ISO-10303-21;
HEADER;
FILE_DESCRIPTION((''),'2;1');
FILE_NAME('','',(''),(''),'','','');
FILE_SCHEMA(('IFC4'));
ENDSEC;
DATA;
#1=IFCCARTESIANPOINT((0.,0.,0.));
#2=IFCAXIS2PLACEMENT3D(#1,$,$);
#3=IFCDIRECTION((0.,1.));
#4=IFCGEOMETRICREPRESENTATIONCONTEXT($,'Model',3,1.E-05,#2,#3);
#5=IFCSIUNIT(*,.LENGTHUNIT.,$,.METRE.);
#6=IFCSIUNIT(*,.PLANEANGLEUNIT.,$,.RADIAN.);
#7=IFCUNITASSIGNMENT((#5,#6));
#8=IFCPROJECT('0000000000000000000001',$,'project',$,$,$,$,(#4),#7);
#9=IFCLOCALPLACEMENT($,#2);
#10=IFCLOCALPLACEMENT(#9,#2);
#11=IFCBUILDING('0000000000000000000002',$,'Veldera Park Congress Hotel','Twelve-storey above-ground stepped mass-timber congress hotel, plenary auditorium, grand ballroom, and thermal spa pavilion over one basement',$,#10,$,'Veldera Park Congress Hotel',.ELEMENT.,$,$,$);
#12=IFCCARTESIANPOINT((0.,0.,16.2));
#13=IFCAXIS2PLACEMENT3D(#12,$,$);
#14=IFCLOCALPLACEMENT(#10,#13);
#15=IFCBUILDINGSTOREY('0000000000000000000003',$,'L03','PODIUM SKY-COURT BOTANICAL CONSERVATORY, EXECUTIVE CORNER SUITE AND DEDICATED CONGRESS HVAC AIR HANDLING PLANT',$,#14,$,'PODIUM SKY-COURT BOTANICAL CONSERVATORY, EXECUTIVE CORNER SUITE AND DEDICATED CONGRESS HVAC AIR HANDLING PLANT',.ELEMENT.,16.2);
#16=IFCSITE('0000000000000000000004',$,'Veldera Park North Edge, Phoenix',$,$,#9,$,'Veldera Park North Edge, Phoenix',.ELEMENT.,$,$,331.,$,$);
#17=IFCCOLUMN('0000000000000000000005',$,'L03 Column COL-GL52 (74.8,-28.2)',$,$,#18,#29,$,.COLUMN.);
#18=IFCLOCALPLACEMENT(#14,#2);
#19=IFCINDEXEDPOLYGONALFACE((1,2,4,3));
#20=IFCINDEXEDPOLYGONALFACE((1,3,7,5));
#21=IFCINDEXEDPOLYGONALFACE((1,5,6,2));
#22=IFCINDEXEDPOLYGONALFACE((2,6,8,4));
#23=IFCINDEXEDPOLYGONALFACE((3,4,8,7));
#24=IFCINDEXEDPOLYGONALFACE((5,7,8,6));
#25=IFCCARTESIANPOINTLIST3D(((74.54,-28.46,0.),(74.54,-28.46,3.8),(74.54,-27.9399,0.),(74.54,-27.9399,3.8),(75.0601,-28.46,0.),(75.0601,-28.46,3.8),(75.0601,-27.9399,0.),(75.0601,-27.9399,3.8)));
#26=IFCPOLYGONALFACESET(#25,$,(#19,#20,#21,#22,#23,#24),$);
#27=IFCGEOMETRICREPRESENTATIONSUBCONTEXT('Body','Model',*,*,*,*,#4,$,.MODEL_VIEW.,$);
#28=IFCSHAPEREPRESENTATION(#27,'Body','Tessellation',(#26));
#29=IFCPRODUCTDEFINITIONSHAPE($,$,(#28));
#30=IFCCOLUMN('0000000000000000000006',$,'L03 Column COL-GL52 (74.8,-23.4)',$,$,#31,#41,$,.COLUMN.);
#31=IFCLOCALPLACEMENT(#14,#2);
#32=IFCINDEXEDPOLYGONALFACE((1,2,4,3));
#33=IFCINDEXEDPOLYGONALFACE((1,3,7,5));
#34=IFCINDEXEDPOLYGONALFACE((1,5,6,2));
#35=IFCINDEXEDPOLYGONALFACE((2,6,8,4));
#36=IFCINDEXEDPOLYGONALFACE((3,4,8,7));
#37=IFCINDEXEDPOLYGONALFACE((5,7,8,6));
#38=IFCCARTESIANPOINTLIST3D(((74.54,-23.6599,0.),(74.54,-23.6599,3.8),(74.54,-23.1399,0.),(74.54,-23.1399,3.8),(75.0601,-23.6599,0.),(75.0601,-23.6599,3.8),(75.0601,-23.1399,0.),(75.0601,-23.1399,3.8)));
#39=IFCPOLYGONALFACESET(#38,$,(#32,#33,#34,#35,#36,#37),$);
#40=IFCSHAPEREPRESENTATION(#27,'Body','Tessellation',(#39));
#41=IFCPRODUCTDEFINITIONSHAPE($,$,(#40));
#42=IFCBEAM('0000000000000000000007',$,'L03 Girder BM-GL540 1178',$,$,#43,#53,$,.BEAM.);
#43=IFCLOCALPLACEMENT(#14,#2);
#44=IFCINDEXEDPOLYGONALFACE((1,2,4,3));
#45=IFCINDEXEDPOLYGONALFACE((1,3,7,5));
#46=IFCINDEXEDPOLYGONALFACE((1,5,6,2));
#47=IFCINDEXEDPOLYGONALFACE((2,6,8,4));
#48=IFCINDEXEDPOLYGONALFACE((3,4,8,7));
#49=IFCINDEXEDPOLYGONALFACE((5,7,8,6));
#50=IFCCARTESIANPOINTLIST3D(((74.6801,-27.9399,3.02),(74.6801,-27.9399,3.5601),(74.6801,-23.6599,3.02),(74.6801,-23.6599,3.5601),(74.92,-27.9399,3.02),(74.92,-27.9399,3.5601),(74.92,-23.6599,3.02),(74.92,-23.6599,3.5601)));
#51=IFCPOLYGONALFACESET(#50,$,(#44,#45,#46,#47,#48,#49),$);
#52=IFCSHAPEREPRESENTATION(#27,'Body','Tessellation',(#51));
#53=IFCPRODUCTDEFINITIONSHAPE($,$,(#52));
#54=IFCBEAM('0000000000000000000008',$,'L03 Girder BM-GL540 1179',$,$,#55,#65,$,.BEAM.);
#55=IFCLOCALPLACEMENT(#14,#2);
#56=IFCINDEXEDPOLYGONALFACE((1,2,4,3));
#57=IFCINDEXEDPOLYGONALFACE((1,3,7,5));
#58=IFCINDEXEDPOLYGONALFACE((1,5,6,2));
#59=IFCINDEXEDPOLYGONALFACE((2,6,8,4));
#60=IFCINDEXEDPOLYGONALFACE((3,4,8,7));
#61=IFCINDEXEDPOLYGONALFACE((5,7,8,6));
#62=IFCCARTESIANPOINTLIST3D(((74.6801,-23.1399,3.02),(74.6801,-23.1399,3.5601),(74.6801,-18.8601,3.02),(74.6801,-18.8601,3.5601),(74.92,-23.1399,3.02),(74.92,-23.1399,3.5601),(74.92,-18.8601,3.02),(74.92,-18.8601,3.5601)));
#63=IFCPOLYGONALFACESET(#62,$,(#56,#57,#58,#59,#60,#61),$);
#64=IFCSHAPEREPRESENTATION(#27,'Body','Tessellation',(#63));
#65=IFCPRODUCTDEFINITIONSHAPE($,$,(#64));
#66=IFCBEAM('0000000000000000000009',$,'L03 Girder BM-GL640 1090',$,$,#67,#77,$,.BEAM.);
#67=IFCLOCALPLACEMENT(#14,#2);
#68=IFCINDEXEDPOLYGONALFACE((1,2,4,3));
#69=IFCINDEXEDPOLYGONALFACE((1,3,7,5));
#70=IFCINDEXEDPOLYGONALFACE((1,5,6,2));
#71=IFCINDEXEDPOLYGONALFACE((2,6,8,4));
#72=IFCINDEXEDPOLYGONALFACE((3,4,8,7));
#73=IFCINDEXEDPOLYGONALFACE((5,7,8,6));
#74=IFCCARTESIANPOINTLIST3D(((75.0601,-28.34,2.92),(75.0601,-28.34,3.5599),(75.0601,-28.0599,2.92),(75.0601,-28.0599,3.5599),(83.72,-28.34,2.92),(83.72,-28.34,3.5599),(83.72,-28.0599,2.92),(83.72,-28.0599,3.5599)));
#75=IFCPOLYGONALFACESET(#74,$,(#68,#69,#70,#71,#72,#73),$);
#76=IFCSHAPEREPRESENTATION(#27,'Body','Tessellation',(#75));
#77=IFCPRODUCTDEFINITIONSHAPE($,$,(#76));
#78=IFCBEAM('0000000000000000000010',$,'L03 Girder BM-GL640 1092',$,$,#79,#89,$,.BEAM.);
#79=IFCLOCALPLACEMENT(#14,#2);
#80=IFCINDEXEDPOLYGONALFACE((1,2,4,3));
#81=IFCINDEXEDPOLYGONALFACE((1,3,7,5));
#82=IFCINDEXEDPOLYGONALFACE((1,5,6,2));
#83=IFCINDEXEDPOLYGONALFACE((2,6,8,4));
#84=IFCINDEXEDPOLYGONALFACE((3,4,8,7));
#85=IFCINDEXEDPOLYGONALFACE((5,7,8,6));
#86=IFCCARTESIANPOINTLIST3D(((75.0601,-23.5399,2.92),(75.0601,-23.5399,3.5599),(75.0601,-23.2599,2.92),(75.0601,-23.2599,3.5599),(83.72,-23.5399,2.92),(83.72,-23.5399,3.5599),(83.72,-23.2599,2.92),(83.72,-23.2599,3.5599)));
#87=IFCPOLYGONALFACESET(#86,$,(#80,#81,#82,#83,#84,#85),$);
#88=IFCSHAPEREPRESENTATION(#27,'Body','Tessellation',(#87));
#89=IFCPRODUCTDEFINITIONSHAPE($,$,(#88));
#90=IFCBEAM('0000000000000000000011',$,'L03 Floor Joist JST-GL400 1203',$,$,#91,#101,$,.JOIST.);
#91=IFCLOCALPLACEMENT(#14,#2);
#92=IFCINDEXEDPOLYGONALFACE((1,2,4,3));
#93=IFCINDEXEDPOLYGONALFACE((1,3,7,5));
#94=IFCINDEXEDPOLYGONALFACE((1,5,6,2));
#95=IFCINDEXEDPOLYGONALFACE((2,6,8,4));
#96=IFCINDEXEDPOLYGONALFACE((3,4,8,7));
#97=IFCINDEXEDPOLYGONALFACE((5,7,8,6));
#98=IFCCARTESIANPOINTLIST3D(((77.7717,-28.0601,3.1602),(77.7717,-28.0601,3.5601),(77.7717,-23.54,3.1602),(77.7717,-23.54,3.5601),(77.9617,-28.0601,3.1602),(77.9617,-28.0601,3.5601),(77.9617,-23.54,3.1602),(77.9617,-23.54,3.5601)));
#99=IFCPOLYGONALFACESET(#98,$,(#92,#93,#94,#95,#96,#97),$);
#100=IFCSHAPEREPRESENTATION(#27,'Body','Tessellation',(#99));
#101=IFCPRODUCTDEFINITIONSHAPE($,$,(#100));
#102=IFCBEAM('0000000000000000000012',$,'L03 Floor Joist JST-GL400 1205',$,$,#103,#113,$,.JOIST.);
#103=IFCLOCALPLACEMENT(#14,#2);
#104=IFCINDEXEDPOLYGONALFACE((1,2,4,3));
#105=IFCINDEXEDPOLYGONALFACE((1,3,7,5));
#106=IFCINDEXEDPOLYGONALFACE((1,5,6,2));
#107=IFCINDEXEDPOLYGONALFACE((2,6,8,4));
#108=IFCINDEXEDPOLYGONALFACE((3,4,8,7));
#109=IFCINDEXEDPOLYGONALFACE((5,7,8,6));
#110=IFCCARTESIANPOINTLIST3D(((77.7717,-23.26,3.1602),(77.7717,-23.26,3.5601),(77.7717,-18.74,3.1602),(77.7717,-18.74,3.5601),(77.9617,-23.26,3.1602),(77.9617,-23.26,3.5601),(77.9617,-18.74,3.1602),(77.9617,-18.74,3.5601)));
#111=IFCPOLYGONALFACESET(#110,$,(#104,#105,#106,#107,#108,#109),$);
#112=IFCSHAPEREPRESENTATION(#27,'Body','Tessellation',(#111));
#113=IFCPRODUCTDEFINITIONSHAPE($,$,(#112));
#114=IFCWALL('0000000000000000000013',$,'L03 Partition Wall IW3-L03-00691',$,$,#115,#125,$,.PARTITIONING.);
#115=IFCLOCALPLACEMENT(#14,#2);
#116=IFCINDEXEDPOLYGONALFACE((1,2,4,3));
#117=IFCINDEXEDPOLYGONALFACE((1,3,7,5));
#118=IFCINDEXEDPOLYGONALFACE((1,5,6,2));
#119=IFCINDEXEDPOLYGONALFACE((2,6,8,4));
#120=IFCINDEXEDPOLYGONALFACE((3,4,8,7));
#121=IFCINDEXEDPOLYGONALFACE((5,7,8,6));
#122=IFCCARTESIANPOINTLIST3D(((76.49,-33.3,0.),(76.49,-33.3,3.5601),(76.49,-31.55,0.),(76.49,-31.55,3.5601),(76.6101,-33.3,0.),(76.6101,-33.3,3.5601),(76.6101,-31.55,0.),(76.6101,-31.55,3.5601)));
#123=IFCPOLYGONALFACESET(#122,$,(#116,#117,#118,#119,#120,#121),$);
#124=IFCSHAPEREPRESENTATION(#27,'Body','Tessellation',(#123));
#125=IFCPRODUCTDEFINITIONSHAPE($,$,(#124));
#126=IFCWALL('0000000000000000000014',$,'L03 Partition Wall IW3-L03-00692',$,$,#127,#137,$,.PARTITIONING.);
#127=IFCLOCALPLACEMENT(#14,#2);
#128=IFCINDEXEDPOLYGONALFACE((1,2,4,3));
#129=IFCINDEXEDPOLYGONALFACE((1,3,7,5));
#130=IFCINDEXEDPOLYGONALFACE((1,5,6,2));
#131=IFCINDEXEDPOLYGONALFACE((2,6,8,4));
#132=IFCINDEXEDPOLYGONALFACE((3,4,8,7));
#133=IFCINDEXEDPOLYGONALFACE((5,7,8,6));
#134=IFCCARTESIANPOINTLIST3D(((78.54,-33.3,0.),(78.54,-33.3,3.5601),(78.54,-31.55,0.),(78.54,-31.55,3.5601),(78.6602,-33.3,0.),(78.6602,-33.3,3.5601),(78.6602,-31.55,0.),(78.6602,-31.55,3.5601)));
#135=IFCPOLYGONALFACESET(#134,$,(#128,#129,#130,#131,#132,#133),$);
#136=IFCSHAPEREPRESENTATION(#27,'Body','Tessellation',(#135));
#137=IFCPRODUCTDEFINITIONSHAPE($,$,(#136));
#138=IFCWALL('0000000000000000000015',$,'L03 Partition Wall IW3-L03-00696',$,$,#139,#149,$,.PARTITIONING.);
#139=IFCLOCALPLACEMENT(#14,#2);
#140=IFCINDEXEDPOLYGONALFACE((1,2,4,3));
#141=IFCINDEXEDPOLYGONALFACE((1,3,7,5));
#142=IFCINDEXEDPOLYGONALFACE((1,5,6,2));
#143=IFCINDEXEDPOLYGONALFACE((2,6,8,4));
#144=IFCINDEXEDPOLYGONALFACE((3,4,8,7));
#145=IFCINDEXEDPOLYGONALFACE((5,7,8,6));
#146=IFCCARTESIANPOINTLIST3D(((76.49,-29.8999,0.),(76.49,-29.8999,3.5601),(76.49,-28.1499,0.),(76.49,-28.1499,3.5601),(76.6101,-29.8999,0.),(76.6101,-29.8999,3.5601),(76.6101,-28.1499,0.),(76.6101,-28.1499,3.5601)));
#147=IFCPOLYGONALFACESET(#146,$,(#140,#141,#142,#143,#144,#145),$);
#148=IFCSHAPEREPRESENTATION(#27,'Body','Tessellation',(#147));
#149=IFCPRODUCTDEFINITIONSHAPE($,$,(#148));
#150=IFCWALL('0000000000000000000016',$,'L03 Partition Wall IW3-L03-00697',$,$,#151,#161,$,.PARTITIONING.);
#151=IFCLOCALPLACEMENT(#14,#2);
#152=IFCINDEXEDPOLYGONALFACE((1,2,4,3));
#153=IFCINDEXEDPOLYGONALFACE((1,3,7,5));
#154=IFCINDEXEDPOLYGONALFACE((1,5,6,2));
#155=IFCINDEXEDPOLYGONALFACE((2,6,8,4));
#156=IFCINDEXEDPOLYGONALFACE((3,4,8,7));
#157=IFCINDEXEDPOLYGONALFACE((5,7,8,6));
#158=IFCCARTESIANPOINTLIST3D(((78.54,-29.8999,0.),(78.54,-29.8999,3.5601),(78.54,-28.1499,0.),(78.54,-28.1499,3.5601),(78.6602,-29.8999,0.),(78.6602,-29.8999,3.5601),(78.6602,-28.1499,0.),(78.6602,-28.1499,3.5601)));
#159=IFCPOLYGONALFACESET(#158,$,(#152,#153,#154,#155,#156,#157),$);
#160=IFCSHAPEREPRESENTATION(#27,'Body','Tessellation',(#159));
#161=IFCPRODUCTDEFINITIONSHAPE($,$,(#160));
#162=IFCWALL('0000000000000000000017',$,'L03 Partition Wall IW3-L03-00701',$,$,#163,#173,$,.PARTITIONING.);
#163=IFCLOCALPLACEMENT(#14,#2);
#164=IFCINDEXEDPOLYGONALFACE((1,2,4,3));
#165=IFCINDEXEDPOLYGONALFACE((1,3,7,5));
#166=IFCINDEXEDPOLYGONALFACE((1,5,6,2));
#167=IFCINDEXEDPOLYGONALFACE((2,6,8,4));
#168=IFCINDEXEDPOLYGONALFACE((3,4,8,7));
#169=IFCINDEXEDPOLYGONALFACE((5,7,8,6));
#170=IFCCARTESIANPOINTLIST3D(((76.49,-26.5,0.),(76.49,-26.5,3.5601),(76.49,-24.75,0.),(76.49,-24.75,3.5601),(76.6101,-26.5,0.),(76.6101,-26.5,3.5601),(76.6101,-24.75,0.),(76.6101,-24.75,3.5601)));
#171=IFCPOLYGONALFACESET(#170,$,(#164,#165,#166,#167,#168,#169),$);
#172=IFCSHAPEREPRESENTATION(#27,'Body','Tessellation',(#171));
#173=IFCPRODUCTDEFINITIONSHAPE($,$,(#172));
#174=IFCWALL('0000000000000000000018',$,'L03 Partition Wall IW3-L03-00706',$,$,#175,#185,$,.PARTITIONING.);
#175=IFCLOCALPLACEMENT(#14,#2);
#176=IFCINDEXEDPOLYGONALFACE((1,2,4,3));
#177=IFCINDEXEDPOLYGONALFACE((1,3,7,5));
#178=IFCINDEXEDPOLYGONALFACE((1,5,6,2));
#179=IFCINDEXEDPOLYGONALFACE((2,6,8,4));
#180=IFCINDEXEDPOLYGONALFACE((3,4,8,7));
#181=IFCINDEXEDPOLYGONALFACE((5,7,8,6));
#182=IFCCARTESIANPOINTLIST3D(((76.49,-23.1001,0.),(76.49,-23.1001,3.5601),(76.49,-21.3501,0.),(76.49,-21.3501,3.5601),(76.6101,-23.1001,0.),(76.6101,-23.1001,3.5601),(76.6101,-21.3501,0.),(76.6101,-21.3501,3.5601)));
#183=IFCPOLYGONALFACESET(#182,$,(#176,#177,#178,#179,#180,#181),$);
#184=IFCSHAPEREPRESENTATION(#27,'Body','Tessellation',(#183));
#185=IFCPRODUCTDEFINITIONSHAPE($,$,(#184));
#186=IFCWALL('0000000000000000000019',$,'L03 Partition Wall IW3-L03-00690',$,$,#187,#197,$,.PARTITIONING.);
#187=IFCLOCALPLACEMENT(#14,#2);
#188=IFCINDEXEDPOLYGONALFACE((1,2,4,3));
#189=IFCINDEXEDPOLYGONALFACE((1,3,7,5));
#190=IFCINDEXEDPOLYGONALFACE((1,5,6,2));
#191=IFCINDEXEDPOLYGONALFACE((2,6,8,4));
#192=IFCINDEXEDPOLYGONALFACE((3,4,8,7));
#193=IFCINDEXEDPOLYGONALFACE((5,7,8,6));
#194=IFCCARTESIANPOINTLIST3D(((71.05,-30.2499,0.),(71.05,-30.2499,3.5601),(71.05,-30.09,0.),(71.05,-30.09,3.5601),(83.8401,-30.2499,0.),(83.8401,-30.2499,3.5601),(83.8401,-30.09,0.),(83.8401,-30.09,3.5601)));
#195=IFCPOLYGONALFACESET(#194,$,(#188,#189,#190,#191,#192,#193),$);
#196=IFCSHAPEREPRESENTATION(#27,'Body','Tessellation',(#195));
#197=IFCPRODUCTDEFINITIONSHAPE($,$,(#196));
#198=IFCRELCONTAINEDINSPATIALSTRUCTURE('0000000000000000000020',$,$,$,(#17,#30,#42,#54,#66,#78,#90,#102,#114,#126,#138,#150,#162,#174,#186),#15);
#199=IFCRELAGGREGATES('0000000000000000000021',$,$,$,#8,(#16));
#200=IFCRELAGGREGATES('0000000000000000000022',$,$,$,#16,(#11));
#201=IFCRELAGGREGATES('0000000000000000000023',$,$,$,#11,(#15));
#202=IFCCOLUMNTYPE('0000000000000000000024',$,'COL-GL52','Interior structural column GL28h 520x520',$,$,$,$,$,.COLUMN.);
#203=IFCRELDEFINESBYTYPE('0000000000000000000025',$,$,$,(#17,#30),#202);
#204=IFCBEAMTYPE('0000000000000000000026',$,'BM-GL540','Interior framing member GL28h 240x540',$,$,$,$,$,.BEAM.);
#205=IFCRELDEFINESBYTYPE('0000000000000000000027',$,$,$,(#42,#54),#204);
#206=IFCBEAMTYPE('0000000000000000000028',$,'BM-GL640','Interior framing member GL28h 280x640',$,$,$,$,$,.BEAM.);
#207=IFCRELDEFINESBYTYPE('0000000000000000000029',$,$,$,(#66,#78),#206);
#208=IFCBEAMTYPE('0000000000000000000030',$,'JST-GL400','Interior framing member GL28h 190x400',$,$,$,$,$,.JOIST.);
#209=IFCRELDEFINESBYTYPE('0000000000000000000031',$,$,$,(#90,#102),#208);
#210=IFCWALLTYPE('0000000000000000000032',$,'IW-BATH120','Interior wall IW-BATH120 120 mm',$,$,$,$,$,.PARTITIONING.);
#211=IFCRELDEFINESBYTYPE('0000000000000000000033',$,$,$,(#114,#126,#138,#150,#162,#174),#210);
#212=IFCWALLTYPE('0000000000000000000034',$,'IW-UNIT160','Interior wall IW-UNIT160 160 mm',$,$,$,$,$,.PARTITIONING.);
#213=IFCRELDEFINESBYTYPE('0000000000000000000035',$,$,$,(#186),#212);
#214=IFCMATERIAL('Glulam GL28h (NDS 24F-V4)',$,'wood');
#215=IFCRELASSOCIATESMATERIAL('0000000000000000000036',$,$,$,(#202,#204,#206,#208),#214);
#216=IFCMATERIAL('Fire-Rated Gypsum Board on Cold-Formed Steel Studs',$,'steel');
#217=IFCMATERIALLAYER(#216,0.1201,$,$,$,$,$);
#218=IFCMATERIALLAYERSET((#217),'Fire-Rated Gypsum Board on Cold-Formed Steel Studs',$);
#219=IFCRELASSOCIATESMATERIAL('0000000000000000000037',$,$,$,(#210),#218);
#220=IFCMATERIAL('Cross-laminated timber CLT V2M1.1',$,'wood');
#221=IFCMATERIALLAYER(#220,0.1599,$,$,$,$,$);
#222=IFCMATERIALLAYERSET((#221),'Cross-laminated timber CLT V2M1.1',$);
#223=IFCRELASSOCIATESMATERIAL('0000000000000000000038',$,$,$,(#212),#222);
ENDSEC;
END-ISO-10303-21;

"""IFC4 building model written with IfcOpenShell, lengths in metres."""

from ifc_helpers import new_model, si_unit, direction, frame, frame_2d, origin, origin_2d, place, context, subcontext, project, spatial, rectangle, extrude, material, layer, layer_set, material_profile, profile_set, type_object, element, save


model = new_model("IFC4")

# Units and contexts
model_context = context("Model", 3, precision=1e-05, world=origin(), true_north=direction((0.0, 1.0)))
body_context = subcontext(model_context, "Body", "Model", "MODEL_VIEW")
ifc_project = project(units=[si_unit("LENGTHUNIT", "METRE"), si_unit("PLANEANGLEUNIT", "RADIAN")], contexts=[model_context])

# Site, building, storey
site_placement = place(None, origin())
site = spatial("IfcSite", under=ifc_project, at=site_placement, Name="Veldera Park North Edge, Phoenix", LongName="Veldera Park North Edge, Phoenix", CompositionType="ELEMENT", RefElevation=331.0)
building_placement = place(site_placement, origin())
building = spatial("IfcBuilding", under=site, at=building_placement, Name="Veldera Park Congress Hotel", Description="Twelve-storey above-ground stepped mass-timber congress hotel, plenary auditorium, grand ballroom, and thermal spa pavilion over one basement", LongName="Veldera Park Congress Hotel", CompositionType="ELEMENT")
storey_placement = place(building_placement, frame((0.0, 0.0, 16.2)))
storey = spatial("IfcBuildingStorey", under=building, at=storey_placement, Name="L03", Description="PODIUM SKY-COURT BOTANICAL CONSERVATORY, EXECUTIVE CORNER SUITE AND DEDICATED CONGRESS HVAC AIR HANDLING PLANT", LongName="PODIUM SKY-COURT BOTANICAL CONSERVATORY, EXECUTIVE CORNER SUITE AND DEDICATED CONGRESS HVAC AIR HANDLING PLANT", CompositionType="ELEMENT", Elevation=16.2)

# Columns
ifc_material_1 = material(Name="Glulam GL28h (NDS 24F-V4)", Category="wood")
ifc_material_profile_1 = material_profile(ifc_material_1, rectangle(XDim=0.52, YDim=0.52, at=origin_2d()), Name="GL28h 520x520")
ifc_profile_set_1 = profile_set([ifc_material_profile_1], Name="Glulam GL28h (NDS 24F-V4)")
column_type = type_object("IfcColumnType", Name="COL-GL52", Description="Interior structural column GL28h 520x520", PredefinedType="COLUMN", material=ifc_profile_set_1)
for number, where, z_axis, x_axis, name in (
    (1, (74.8, -28.2, 0.0), (0.0, 0.0, 1.0), (1.0, 0.0, 0.0), "L03 Column COL-GL52 (74.8,-28.2)"),
    (2, (74.8, -23.3999, 0.0), (0.0, 0.0, 1.0), (1.0, 0.0, 0.0), "L03 Column COL-GL52 (74.8,-23.4)"),
):
    element("IfcColumn", number, at=place(storey_placement, frame(where, z_axis=z_axis, x_axis=x_axis)), inside=storey, type_object=column_type, Name=name, PredefinedType="COLUMN", context=body_context, shape_type="SweptSolid", body=[
        extrude(rectangle(XDim=0.52, YDim=0.52, at=origin_2d()), origin(), (0.0, 0.0, 1.0), 3.8),
    ])

# Beams
ifc_material_profile_2 = material_profile(ifc_material_1, rectangle(XDim=0.24, YDim=0.54, at=origin_2d()), Name="GL28h 240x540")
ifc_profile_set_2 = profile_set([ifc_material_profile_2], Name="Glulam GL28h (NDS 24F-V4)")
beam_type_1 = type_object("IfcBeamType", Name="BM-GL540", Description="Interior framing member GL28h 240x540", PredefinedType="BEAM", material=ifc_profile_set_2)
beam_1_placement = place(storey_placement, frame((74.8, -27.9399, 3.29), z_axis=(0.0, 1.0, 0.0), x_axis=(-1.0, 0.0, 0.0)))
element("IfcBeam", 3, at=beam_1_placement, inside=storey, type_object=beam_type_1, Name="L03 Girder BM-GL540 1178", PredefinedType="BEAM", context=body_context, shape_type="SweptSolid", body=[
    extrude(rectangle(XDim=0.24, YDim=0.54, at=origin_2d()), origin(), (0.0, 0.0, 1.0), 4.28),
])
beam_2_placement = place(storey_placement, frame((74.8, -23.1399, 3.29), z_axis=(0.0, 1.0, 0.0), x_axis=(-1.0, 0.0, 0.0)))
element("IfcBeam", 4, at=beam_2_placement, inside=storey, type_object=beam_type_1, Name="L03 Girder BM-GL540 1179", PredefinedType="BEAM", context=body_context, shape_type="SweptSolid", body=[
    extrude(rectangle(XDim=0.24, YDim=0.54, at=origin_2d()), origin(), (0.0, 0.0, 1.0), 4.2798),
])
ifc_material_profile_3 = material_profile(ifc_material_1, rectangle(XDim=0.28, YDim=0.6399, at=origin_2d()), Name="GL28h 280x640")
ifc_profile_set_3 = profile_set([ifc_material_profile_3], Name="Glulam GL28h (NDS 24F-V4)")
beam_type_2 = type_object("IfcBeamType", Name="BM-GL640", Description="Interior framing member GL28h 280x640", PredefinedType="BEAM", material=ifc_profile_set_3)
for number, where, z_axis, x_axis, name in (
    (5, (75.0601, -28.2, 3.24), (1.0, 0.0, 0.0), (0.0, 1.0, 0.0), "L03 Girder BM-GL640 1090"),
    (6, (75.0601, -23.3999, 3.24), (1.0, 0.0, 0.0), (0.0, 1.0, 0.0), "L03 Girder BM-GL640 1092"),
):
    element("IfcBeam", number, at=place(storey_placement, frame(where, z_axis=z_axis, x_axis=x_axis)), inside=storey, type_object=beam_type_2, Name=name, PredefinedType="BEAM", context=body_context, shape_type="SweptSolid", body=[
        extrude(rectangle(XDim=0.28, YDim=0.6399, at=origin_2d()), origin(), (0.0, 0.0, 1.0), 8.6599),
    ])
ifc_material_profile_4 = material_profile(ifc_material_1, rectangle(XDim=0.1899, YDim=0.3999, at=origin_2d()), Name="GL28h 190x400")
ifc_profile_set_4 = profile_set([ifc_material_profile_4], Name="Glulam GL28h (NDS 24F-V4)")
beam_type_3 = type_object("IfcBeamType", Name="JST-GL400", Description="Interior framing member GL28h 190x400", PredefinedType="JOIST", material=ifc_profile_set_4)
for number, where, z_axis, x_axis, name in (
    (7, (77.8667, -28.0601, 3.3601), (0.0, 1.0, 0.0), (-1.0, 0.0, 0.0), "L03 Floor Joist JST-GL400 1203"),
    (8, (77.8667, -23.26, 3.3601), (0.0, 1.0, 0.0), (-1.0, 0.0, 0.0), "L03 Floor Joist JST-GL400 1205"),
):
    element("IfcBeam", number, at=place(storey_placement, frame(where, z_axis=z_axis, x_axis=x_axis)), inside=storey, type_object=beam_type_3, Name=name, PredefinedType="JOIST", context=body_context, shape_type="SweptSolid", body=[
        extrude(rectangle(XDim=0.1899, YDim=0.3999, at=origin_2d()), origin(), (0.0, 0.0, 1.0), 4.52),
    ])

# Walls
ifc_material_2 = material(Name="Fire-Rated Gypsum Board on Cold-Formed Steel Studs", Category="steel")
ifc_layer_1 = layer(ifc_material_2, 0.1201)
ifc_layer_set_1 = layer_set([ifc_layer_1], Name="Fire-Rated Gypsum Board on Cold-Formed Steel Studs")
wall_type_1 = type_object("IfcWallType", Name="IW-BATH120", Description="Interior wall IW-BATH120 120 mm", PredefinedType="PARTITIONING", material=ifc_layer_set_1)
for number, where, z_axis, x_axis, name in (
    (9, (76.55, -33.3, 0.0), (0.0, 0.0, 1.0), (0.0, 1.0, 0.0), "L03 Partition Wall IW3-L03-00691"),
    (10, (78.6001, -33.3, 0.0), (0.0, 0.0, 1.0), (0.0, 1.0, 0.0), "L03 Partition Wall IW3-L03-00692"),
):
    element("IfcWall", number, at=place(storey_placement, frame(where, z_axis=z_axis, x_axis=x_axis)), inside=storey, type_object=wall_type_1, Name=name, PredefinedType="PARTITIONING", context=body_context, shape_type="SweptSolid", body=[
        extrude(rectangle(XDim=1.75, YDim=0.1201, at=frame_2d((0.875, 0.0))), origin(), (0.0, 0.0, 1.0), 3.5601),
    ])

# Walls
for number, where, z_axis, x_axis, name in (
    (11, (76.55, -29.8999, 0.0), (0.0, 0.0, 1.0), (0.0, 1.0, 0.0), "L03 Partition Wall IW3-L03-00696"),
    (12, (78.6001, -29.8999, 0.0), (0.0, 0.0, 1.0), (0.0, 1.0, 0.0), "L03 Partition Wall IW3-L03-00697"),
):
    element("IfcWall", number, at=place(storey_placement, frame(where, z_axis=z_axis, x_axis=x_axis)), inside=storey, type_object=wall_type_1, Name=name, PredefinedType="PARTITIONING", context=body_context, shape_type="SweptSolid", body=[
        extrude(rectangle(XDim=1.75, YDim=0.1201, at=frame_2d((0.875, 0.0))), origin(), (0.0, 0.0, 1.0), 3.5601),
    ])

# Wall
wall_1_placement = place(storey_placement, frame((76.55, -26.5, 0.0), z_axis=(0.0, 0.0, 1.0), x_axis=(0.0, 1.0, 0.0)))
element("IfcWall", 13, at=wall_1_placement, inside=storey, type_object=wall_type_1, Name="L03 Partition Wall IW3-L03-00701", PredefinedType="PARTITIONING", context=body_context, shape_type="SweptSolid", body=[
    extrude(rectangle(XDim=1.75, YDim=0.1201, at=frame_2d((0.875, 0.0))), origin(), (0.0, 0.0, 1.0), 3.5601),
])

# Wall
wall_2_placement = place(storey_placement, frame((76.55, -23.1001, 0.0), z_axis=(0.0, 0.0, 1.0), x_axis=(0.0, 1.0, 0.0)))
element("IfcWall", 14, at=wall_2_placement, inside=storey, type_object=wall_type_1, Name="L03 Partition Wall IW3-L03-00706", PredefinedType="PARTITIONING", context=body_context, shape_type="SweptSolid", body=[
    extrude(rectangle(XDim=1.75, YDim=0.1201, at=frame_2d((0.875, 0.0))), origin(), (0.0, 0.0, 1.0), 3.5601),
])

# Wall
ifc_material_3 = material(Name="Cross-laminated timber CLT V2M1.1", Category="wood")
ifc_layer_2 = layer(ifc_material_3, 0.1599)
ifc_layer_set_2 = layer_set([ifc_layer_2], Name="Cross-laminated timber CLT V2M1.1")
wall_type_2 = type_object("IfcWallType", Name="IW-UNIT160", Description="Interior wall IW-UNIT160 160 mm", PredefinedType="PARTITIONING", material=ifc_layer_set_2)
for number, where, z_axis, x_axis, name in (
    (15, (71.05, -30.1699, 0.0), (0.0, 0.0, 1.0), (1.0, 0.0, 0.0), "L03 Partition Wall IW3-L03-00690"),
):
    element("IfcWall", number, at=place(storey_placement, frame(where, z_axis=z_axis, x_axis=x_axis)), inside=storey, type_object=wall_type_2, Name=name, PredefinedType="PARTITIONING", context=body_context, shape_type="SweptSolid", body=[
        extrude(rectangle(XDim=12.79, YDim=0.1599, at=frame_2d((6.395, 0.0))), origin(), (0.0, 0.0, 1.0), 3.5601),
    ])

save(model, "model.ifc")
